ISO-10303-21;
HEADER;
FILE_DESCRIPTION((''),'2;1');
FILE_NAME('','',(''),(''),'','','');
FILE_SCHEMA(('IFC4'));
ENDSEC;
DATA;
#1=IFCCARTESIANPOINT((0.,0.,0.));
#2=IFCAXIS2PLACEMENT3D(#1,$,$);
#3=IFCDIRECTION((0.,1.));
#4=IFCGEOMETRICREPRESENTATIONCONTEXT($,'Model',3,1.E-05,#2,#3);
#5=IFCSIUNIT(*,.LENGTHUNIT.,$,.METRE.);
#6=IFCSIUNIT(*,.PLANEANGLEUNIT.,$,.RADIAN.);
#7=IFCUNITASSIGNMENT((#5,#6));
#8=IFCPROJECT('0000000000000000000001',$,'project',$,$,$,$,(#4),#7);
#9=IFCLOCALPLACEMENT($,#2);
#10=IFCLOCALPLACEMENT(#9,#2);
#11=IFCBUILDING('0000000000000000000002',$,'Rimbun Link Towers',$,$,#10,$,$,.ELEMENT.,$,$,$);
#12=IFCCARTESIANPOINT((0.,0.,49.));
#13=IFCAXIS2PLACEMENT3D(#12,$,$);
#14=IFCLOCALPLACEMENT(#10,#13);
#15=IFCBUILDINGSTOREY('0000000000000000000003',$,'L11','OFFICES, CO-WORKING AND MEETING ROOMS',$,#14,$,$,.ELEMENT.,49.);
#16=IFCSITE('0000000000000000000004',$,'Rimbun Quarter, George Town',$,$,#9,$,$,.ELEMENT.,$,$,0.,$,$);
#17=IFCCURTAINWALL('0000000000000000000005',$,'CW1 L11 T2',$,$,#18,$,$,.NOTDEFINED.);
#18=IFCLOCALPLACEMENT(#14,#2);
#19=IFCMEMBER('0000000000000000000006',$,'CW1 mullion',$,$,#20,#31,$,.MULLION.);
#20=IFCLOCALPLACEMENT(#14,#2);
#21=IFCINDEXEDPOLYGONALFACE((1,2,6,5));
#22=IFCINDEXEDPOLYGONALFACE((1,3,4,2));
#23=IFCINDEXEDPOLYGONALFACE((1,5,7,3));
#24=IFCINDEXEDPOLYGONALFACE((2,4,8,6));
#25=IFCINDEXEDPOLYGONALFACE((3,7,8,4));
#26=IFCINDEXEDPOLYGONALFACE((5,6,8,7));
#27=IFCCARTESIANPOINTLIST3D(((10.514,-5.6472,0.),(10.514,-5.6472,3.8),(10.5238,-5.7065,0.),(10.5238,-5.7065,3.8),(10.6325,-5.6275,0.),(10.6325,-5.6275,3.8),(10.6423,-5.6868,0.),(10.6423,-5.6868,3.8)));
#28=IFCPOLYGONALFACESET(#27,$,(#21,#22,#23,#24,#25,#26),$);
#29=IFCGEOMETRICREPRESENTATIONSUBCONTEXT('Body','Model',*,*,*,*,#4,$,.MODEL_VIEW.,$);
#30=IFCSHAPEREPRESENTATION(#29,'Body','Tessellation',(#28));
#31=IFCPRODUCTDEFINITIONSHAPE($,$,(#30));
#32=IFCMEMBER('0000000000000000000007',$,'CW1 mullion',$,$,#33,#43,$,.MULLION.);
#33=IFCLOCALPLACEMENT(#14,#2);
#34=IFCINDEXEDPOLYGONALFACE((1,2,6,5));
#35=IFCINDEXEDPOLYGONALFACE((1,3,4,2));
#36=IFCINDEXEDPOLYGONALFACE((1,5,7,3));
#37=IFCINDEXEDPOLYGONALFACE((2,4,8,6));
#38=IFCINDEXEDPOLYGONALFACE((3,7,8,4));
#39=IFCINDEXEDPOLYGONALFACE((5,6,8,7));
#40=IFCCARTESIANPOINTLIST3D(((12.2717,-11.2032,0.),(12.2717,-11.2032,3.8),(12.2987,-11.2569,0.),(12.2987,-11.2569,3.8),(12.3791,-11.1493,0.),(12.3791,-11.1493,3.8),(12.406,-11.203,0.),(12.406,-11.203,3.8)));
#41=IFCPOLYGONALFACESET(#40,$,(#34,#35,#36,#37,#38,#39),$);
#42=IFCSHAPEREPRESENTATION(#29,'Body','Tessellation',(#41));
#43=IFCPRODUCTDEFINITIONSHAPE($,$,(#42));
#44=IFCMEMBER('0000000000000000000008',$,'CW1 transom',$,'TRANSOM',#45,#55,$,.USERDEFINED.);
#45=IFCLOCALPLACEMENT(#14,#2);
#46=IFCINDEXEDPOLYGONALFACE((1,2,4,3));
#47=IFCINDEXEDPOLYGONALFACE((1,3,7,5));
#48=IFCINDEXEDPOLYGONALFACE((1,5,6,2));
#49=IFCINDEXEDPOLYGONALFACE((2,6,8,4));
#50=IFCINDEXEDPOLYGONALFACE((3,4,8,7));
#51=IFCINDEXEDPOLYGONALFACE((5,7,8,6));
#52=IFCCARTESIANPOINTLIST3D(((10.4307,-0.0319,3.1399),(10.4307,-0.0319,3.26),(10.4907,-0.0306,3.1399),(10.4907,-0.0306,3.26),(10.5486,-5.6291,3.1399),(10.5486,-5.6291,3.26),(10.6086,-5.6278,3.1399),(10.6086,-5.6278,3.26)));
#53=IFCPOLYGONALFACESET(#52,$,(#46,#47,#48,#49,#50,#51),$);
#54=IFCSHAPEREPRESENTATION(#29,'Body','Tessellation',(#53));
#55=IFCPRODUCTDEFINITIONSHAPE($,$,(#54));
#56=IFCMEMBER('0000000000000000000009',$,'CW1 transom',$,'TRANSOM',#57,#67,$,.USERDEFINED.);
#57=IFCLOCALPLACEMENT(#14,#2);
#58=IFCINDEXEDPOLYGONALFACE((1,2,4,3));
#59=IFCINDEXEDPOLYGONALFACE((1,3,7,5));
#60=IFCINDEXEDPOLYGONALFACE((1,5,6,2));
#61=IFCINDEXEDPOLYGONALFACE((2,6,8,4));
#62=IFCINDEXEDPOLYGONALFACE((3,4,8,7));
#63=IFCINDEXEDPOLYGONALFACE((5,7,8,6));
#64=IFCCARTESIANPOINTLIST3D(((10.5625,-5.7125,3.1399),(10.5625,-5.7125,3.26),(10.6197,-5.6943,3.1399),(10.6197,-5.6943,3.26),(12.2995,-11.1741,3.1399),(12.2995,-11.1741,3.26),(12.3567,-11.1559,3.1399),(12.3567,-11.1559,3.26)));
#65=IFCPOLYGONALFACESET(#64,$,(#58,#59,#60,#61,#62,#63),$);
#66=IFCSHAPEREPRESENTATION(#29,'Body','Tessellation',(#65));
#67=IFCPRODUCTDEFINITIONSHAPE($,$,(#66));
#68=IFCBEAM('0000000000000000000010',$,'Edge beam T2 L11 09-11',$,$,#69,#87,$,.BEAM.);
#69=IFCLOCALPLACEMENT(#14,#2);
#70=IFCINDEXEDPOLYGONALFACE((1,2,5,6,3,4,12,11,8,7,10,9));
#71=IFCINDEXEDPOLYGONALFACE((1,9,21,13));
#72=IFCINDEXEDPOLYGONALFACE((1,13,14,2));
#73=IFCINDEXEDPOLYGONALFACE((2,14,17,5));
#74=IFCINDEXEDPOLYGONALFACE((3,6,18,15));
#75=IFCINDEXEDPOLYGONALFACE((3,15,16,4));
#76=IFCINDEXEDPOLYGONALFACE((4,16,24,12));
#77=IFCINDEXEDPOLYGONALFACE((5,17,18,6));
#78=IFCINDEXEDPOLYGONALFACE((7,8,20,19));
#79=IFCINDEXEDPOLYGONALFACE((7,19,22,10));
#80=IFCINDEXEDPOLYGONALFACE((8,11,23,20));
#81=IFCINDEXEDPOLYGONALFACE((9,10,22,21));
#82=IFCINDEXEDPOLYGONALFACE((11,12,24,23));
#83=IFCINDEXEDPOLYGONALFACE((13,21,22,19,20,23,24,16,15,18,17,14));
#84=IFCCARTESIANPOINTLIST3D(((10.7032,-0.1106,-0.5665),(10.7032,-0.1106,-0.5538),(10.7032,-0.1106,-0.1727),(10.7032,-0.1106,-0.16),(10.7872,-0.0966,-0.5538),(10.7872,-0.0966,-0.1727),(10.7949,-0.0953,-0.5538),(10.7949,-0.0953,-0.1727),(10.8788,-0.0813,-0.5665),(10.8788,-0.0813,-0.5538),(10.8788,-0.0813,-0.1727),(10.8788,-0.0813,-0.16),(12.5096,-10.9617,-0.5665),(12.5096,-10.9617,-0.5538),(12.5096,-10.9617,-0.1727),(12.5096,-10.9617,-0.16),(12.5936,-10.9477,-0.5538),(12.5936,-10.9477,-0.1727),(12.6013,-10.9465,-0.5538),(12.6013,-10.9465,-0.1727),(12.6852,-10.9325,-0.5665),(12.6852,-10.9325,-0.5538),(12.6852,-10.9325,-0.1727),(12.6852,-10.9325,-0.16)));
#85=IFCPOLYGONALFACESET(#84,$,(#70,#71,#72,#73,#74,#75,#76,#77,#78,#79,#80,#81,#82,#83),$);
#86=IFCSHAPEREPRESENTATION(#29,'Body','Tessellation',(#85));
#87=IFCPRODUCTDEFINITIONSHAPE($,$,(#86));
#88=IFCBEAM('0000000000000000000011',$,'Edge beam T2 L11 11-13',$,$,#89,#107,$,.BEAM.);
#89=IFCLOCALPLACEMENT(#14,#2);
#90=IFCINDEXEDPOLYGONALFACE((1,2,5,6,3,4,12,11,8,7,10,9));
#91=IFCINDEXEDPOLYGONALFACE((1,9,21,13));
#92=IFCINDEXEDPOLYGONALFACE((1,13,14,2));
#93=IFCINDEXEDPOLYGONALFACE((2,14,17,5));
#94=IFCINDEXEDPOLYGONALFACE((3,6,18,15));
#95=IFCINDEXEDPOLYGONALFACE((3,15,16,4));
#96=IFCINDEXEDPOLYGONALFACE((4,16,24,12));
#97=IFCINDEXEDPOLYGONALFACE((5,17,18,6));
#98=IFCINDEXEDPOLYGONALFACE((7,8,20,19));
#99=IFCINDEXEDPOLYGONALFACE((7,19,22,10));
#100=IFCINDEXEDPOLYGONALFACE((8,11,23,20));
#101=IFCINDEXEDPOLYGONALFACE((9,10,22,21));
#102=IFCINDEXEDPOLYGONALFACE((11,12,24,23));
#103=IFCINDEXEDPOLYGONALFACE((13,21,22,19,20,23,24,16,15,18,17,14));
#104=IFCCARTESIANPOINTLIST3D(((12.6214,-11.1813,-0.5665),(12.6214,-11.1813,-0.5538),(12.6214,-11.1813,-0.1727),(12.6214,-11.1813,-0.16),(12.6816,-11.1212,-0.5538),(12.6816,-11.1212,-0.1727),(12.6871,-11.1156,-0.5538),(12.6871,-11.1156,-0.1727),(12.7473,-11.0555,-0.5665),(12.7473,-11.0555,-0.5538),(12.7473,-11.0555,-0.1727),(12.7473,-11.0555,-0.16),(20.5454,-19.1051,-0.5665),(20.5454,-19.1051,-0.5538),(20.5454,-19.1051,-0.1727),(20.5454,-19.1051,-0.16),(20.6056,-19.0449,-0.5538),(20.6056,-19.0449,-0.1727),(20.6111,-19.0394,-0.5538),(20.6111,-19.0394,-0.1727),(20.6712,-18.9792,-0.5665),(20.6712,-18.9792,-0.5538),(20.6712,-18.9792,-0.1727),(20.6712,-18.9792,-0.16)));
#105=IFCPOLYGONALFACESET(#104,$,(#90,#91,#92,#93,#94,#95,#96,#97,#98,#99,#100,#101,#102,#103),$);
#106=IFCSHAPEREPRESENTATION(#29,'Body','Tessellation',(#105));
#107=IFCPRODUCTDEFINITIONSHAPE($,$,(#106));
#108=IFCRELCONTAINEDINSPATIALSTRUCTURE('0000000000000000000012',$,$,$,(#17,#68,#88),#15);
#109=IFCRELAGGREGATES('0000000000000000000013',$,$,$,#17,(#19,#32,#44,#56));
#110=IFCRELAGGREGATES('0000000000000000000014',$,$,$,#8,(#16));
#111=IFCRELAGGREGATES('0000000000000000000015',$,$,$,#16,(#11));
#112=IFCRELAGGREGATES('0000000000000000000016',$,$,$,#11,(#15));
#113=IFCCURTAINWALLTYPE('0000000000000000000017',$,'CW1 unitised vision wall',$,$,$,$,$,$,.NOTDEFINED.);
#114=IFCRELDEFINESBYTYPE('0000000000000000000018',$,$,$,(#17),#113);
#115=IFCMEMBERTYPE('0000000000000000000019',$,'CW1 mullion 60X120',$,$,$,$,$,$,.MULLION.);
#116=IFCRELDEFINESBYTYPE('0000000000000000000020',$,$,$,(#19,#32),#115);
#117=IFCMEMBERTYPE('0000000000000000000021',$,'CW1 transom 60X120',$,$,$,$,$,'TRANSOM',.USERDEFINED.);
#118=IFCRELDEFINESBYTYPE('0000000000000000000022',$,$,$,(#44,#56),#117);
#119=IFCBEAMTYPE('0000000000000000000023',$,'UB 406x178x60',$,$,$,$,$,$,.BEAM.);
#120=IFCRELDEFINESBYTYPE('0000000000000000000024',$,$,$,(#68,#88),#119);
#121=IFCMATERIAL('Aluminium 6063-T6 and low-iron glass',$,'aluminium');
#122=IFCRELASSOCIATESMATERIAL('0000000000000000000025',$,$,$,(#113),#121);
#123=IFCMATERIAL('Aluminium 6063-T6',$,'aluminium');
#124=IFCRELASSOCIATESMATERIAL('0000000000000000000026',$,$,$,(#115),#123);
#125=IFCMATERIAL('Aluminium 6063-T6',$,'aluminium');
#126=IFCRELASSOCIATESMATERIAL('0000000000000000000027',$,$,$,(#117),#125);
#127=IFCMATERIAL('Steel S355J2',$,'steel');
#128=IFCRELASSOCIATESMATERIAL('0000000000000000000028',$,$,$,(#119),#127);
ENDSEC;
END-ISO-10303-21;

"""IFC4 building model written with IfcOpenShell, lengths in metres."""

from ifc_helpers import new_model, si_unit, direction, frame, origin, origin_2d, place, context, subcontext, project, spatial, rectangle, i_section, extrude, material, material_profile, profile_set, type_object, element, aggregate, save


model = new_model("IFC4")

# Units and contexts
model_context = context("Model", 3, precision=1e-05, world=origin(), true_north=direction((0.0, 1.0)))
body_context = subcontext(model_context, "Body", "Model", "MODEL_VIEW")
ifc_project = project(units=[si_unit("LENGTHUNIT", "METRE"), si_unit("PLANEANGLEUNIT", "RADIAN")], contexts=[model_context])

# Site, building, storey
site_placement = place(None, origin())
site = spatial("IfcSite", under=ifc_project, at=site_placement, Name="Rimbun Quarter, George Town", CompositionType="ELEMENT", RefElevation=0.0)
building_placement = place(site_placement, origin())
building = spatial("IfcBuilding", under=site, at=building_placement, Name="Rimbun Link Towers", CompositionType="ELEMENT")
storey_placement = place(building_placement, frame((0.0, 0.0, 49.0)))
storey = spatial("IfcBuildingStorey", under=building, at=storey_placement, Name="L11", Description="OFFICES, CO-WORKING AND MEETING ROOMS", CompositionType="ELEMENT", Elevation=49.0)

# Curtain wall, members
ifc_material_1 = material(Name="Aluminium 6063-T6 and low-iron glass", Category="aluminium")
curtain_wall_type = type_object("IfcCurtainWallType", Name="CW1 unitised vision wall", PredefinedType="NOTDEFINED", material=ifc_material_1)
curtain_wall_placement = place(storey_placement, origin())
curtain_wall = element("IfcCurtainWall", 1, at=curtain_wall_placement, inside=storey, type_object=curtain_wall_type, Name="CW1 L11 T2", PredefinedType="NOTDEFINED")
ifc_material_2 = material(Name="Aluminium 6063-T6", Category="aluminium")
ifc_material_profile_1 = material_profile(ifc_material_2, rectangle(XDim=0.1201, YDim=0.0601, at=origin_2d()), Name="MULLION 60X120")
ifc_profile_set_1 = profile_set([ifc_material_profile_1], Name="Aluminium 6063-T6")
member_type_1 = type_object("IfcMemberType", Name="CW1 mullion 60X120", PredefinedType="MULLION", material=ifc_profile_set_1)
member_1_placement = place(storey_placement, frame((10.5781, -5.667, 0.0), z_axis=(0.0, 0.0, 1.0), x_axis=(-0.986502, -0.16375, 0.0)))
member_1 = element("IfcMember", 2, at=member_1_placement, type_object=member_type_1, Name="CW1 mullion", PredefinedType="MULLION", context=body_context, shape_type="SweptSolid", body=[
    extrude(rectangle(XDim=0.1201, YDim=0.0601, at=origin_2d()), origin(), (0.0, 0.0, 1.0), 3.8),
])
member_2_placement = place(storey_placement, frame((12.3389, -11.2031, 0.0), z_axis=(0.0, 0.0, 1.0), x_axis=(-0.893749, -0.448568, 0.0)))
member_2 = element("IfcMember", 3, at=member_2_placement, type_object=member_type_1, Name="CW1 mullion", PredefinedType="MULLION", context=body_context, shape_type="SweptSolid", body=[
    extrude(rectangle(XDim=0.1201, YDim=0.0601, at=origin_2d()), origin(), (0.0, 0.0, 1.0), 3.8),
])
ifc_material_3 = material(Name="Aluminium 6063-T6", Category="aluminium")
ifc_material_profile_2 = material_profile(ifc_material_3, rectangle(XDim=0.0601, YDim=0.1201, at=origin_2d()), Name="TRANSOM 60X120")
ifc_profile_set_2 = profile_set([ifc_material_profile_2], Name="Aluminium 6063-T6")
member_type_2 = type_object("IfcMemberType", Name="CW1 transom 60X120", ElementType="TRANSOM", PredefinedType="USERDEFINED", material=ifc_profile_set_2)
member_3_placement = place(storey_placement, frame((10.5786, -5.6284, 3.2), z_axis=(-0.021063, 0.999778, 0.0), x_axis=(-0.999778, -0.021063, 0.0)))
member_3 = element("IfcMember", 4, at=member_3_placement, type_object=member_type_2, Name="CW1 transom", ObjectType="TRANSOM", PredefinedType="USERDEFINED", context=body_context, shape_type="SweptSolid", body=[
    extrude(rectangle(XDim=0.0601, YDim=0.1201, at=origin_2d()), origin(), (0.0, 0.0, 1.0), 5.5984),
])
member_4_placement = place(storey_placement, frame((12.3281, -11.165, 3.2), z_axis=(-0.303086, 0.952963, 0.0), x_axis=(-0.952963, -0.303086, 0.0)))
member_4 = element("IfcMember", 5, at=member_4_placement, type_object=member_type_2, Name="CW1 transom", ObjectType="TRANSOM", PredefinedType="USERDEFINED", context=body_context, shape_type="SweptSolid", body=[
    extrude(rectangle(XDim=0.0601, YDim=0.1201, at=origin_2d()), origin(), (0.0, 0.0, 1.0), 5.7312),
])

# Beams
ifc_material_4 = material(Name="Steel S355J2", Category="steel")
ifc_material_profile_3 = material_profile(ifc_material_4, i_section(OverallWidth=0.178, OverallDepth=0.4065, WebThickness=0.0078, FlangeThickness=0.0127, at=origin_2d()), Name="UB 406x178x60")
ifc_profile_set_3 = profile_set([ifc_material_profile_3], Name="Steel S355J2")
beam_type = type_object("IfcBeamType", Name="UB 406x178x60", PredefinedType="BEAM", material=ifc_profile_set_3)
beam_1_placement = place(storey_placement, frame((10.791, -0.0959, -0.3633), z_axis=(0.164212, -0.986425, 0.0), x_axis=(0.986425, 0.164212, 0.0)))
element("IfcBeam", 6, at=beam_1_placement, inside=storey, type_object=beam_type, Name="Edge beam T2 L11 09-11", PredefinedType="BEAM", context=body_context, shape_type="SweptSolid", body=[
    extrude(i_section(OverallWidth=0.178, OverallDepth=0.4065, WebThickness=0.0078, FlangeThickness=0.0127, at=origin_2d()), origin(), (0.0, 0.0, 1.0), 11.0005),
])
beam_2_placement = place(storey_placement, frame((12.6843, -11.1184, -0.3633), z_axis=(0.707118, -0.707096, 0.0), x_axis=(0.707096, 0.707118, 0.0)))
element("IfcBeam", 7, at=beam_2_placement, inside=storey, type_object=beam_type, Name="Edge beam T2 L11 11-13", PredefinedType="BEAM", context=body_context, shape_type="SweptSolid", body=[
    extrude(i_section(OverallWidth=0.178, OverallDepth=0.4065, WebThickness=0.0078, FlangeThickness=0.0127, at=origin_2d()), origin(), (0.0, 0.0, 1.0), 11.2061),
])

aggregate(curtain_wall, [member_1, member_2, member_3, member_4])

save(model, "model.ifc")
